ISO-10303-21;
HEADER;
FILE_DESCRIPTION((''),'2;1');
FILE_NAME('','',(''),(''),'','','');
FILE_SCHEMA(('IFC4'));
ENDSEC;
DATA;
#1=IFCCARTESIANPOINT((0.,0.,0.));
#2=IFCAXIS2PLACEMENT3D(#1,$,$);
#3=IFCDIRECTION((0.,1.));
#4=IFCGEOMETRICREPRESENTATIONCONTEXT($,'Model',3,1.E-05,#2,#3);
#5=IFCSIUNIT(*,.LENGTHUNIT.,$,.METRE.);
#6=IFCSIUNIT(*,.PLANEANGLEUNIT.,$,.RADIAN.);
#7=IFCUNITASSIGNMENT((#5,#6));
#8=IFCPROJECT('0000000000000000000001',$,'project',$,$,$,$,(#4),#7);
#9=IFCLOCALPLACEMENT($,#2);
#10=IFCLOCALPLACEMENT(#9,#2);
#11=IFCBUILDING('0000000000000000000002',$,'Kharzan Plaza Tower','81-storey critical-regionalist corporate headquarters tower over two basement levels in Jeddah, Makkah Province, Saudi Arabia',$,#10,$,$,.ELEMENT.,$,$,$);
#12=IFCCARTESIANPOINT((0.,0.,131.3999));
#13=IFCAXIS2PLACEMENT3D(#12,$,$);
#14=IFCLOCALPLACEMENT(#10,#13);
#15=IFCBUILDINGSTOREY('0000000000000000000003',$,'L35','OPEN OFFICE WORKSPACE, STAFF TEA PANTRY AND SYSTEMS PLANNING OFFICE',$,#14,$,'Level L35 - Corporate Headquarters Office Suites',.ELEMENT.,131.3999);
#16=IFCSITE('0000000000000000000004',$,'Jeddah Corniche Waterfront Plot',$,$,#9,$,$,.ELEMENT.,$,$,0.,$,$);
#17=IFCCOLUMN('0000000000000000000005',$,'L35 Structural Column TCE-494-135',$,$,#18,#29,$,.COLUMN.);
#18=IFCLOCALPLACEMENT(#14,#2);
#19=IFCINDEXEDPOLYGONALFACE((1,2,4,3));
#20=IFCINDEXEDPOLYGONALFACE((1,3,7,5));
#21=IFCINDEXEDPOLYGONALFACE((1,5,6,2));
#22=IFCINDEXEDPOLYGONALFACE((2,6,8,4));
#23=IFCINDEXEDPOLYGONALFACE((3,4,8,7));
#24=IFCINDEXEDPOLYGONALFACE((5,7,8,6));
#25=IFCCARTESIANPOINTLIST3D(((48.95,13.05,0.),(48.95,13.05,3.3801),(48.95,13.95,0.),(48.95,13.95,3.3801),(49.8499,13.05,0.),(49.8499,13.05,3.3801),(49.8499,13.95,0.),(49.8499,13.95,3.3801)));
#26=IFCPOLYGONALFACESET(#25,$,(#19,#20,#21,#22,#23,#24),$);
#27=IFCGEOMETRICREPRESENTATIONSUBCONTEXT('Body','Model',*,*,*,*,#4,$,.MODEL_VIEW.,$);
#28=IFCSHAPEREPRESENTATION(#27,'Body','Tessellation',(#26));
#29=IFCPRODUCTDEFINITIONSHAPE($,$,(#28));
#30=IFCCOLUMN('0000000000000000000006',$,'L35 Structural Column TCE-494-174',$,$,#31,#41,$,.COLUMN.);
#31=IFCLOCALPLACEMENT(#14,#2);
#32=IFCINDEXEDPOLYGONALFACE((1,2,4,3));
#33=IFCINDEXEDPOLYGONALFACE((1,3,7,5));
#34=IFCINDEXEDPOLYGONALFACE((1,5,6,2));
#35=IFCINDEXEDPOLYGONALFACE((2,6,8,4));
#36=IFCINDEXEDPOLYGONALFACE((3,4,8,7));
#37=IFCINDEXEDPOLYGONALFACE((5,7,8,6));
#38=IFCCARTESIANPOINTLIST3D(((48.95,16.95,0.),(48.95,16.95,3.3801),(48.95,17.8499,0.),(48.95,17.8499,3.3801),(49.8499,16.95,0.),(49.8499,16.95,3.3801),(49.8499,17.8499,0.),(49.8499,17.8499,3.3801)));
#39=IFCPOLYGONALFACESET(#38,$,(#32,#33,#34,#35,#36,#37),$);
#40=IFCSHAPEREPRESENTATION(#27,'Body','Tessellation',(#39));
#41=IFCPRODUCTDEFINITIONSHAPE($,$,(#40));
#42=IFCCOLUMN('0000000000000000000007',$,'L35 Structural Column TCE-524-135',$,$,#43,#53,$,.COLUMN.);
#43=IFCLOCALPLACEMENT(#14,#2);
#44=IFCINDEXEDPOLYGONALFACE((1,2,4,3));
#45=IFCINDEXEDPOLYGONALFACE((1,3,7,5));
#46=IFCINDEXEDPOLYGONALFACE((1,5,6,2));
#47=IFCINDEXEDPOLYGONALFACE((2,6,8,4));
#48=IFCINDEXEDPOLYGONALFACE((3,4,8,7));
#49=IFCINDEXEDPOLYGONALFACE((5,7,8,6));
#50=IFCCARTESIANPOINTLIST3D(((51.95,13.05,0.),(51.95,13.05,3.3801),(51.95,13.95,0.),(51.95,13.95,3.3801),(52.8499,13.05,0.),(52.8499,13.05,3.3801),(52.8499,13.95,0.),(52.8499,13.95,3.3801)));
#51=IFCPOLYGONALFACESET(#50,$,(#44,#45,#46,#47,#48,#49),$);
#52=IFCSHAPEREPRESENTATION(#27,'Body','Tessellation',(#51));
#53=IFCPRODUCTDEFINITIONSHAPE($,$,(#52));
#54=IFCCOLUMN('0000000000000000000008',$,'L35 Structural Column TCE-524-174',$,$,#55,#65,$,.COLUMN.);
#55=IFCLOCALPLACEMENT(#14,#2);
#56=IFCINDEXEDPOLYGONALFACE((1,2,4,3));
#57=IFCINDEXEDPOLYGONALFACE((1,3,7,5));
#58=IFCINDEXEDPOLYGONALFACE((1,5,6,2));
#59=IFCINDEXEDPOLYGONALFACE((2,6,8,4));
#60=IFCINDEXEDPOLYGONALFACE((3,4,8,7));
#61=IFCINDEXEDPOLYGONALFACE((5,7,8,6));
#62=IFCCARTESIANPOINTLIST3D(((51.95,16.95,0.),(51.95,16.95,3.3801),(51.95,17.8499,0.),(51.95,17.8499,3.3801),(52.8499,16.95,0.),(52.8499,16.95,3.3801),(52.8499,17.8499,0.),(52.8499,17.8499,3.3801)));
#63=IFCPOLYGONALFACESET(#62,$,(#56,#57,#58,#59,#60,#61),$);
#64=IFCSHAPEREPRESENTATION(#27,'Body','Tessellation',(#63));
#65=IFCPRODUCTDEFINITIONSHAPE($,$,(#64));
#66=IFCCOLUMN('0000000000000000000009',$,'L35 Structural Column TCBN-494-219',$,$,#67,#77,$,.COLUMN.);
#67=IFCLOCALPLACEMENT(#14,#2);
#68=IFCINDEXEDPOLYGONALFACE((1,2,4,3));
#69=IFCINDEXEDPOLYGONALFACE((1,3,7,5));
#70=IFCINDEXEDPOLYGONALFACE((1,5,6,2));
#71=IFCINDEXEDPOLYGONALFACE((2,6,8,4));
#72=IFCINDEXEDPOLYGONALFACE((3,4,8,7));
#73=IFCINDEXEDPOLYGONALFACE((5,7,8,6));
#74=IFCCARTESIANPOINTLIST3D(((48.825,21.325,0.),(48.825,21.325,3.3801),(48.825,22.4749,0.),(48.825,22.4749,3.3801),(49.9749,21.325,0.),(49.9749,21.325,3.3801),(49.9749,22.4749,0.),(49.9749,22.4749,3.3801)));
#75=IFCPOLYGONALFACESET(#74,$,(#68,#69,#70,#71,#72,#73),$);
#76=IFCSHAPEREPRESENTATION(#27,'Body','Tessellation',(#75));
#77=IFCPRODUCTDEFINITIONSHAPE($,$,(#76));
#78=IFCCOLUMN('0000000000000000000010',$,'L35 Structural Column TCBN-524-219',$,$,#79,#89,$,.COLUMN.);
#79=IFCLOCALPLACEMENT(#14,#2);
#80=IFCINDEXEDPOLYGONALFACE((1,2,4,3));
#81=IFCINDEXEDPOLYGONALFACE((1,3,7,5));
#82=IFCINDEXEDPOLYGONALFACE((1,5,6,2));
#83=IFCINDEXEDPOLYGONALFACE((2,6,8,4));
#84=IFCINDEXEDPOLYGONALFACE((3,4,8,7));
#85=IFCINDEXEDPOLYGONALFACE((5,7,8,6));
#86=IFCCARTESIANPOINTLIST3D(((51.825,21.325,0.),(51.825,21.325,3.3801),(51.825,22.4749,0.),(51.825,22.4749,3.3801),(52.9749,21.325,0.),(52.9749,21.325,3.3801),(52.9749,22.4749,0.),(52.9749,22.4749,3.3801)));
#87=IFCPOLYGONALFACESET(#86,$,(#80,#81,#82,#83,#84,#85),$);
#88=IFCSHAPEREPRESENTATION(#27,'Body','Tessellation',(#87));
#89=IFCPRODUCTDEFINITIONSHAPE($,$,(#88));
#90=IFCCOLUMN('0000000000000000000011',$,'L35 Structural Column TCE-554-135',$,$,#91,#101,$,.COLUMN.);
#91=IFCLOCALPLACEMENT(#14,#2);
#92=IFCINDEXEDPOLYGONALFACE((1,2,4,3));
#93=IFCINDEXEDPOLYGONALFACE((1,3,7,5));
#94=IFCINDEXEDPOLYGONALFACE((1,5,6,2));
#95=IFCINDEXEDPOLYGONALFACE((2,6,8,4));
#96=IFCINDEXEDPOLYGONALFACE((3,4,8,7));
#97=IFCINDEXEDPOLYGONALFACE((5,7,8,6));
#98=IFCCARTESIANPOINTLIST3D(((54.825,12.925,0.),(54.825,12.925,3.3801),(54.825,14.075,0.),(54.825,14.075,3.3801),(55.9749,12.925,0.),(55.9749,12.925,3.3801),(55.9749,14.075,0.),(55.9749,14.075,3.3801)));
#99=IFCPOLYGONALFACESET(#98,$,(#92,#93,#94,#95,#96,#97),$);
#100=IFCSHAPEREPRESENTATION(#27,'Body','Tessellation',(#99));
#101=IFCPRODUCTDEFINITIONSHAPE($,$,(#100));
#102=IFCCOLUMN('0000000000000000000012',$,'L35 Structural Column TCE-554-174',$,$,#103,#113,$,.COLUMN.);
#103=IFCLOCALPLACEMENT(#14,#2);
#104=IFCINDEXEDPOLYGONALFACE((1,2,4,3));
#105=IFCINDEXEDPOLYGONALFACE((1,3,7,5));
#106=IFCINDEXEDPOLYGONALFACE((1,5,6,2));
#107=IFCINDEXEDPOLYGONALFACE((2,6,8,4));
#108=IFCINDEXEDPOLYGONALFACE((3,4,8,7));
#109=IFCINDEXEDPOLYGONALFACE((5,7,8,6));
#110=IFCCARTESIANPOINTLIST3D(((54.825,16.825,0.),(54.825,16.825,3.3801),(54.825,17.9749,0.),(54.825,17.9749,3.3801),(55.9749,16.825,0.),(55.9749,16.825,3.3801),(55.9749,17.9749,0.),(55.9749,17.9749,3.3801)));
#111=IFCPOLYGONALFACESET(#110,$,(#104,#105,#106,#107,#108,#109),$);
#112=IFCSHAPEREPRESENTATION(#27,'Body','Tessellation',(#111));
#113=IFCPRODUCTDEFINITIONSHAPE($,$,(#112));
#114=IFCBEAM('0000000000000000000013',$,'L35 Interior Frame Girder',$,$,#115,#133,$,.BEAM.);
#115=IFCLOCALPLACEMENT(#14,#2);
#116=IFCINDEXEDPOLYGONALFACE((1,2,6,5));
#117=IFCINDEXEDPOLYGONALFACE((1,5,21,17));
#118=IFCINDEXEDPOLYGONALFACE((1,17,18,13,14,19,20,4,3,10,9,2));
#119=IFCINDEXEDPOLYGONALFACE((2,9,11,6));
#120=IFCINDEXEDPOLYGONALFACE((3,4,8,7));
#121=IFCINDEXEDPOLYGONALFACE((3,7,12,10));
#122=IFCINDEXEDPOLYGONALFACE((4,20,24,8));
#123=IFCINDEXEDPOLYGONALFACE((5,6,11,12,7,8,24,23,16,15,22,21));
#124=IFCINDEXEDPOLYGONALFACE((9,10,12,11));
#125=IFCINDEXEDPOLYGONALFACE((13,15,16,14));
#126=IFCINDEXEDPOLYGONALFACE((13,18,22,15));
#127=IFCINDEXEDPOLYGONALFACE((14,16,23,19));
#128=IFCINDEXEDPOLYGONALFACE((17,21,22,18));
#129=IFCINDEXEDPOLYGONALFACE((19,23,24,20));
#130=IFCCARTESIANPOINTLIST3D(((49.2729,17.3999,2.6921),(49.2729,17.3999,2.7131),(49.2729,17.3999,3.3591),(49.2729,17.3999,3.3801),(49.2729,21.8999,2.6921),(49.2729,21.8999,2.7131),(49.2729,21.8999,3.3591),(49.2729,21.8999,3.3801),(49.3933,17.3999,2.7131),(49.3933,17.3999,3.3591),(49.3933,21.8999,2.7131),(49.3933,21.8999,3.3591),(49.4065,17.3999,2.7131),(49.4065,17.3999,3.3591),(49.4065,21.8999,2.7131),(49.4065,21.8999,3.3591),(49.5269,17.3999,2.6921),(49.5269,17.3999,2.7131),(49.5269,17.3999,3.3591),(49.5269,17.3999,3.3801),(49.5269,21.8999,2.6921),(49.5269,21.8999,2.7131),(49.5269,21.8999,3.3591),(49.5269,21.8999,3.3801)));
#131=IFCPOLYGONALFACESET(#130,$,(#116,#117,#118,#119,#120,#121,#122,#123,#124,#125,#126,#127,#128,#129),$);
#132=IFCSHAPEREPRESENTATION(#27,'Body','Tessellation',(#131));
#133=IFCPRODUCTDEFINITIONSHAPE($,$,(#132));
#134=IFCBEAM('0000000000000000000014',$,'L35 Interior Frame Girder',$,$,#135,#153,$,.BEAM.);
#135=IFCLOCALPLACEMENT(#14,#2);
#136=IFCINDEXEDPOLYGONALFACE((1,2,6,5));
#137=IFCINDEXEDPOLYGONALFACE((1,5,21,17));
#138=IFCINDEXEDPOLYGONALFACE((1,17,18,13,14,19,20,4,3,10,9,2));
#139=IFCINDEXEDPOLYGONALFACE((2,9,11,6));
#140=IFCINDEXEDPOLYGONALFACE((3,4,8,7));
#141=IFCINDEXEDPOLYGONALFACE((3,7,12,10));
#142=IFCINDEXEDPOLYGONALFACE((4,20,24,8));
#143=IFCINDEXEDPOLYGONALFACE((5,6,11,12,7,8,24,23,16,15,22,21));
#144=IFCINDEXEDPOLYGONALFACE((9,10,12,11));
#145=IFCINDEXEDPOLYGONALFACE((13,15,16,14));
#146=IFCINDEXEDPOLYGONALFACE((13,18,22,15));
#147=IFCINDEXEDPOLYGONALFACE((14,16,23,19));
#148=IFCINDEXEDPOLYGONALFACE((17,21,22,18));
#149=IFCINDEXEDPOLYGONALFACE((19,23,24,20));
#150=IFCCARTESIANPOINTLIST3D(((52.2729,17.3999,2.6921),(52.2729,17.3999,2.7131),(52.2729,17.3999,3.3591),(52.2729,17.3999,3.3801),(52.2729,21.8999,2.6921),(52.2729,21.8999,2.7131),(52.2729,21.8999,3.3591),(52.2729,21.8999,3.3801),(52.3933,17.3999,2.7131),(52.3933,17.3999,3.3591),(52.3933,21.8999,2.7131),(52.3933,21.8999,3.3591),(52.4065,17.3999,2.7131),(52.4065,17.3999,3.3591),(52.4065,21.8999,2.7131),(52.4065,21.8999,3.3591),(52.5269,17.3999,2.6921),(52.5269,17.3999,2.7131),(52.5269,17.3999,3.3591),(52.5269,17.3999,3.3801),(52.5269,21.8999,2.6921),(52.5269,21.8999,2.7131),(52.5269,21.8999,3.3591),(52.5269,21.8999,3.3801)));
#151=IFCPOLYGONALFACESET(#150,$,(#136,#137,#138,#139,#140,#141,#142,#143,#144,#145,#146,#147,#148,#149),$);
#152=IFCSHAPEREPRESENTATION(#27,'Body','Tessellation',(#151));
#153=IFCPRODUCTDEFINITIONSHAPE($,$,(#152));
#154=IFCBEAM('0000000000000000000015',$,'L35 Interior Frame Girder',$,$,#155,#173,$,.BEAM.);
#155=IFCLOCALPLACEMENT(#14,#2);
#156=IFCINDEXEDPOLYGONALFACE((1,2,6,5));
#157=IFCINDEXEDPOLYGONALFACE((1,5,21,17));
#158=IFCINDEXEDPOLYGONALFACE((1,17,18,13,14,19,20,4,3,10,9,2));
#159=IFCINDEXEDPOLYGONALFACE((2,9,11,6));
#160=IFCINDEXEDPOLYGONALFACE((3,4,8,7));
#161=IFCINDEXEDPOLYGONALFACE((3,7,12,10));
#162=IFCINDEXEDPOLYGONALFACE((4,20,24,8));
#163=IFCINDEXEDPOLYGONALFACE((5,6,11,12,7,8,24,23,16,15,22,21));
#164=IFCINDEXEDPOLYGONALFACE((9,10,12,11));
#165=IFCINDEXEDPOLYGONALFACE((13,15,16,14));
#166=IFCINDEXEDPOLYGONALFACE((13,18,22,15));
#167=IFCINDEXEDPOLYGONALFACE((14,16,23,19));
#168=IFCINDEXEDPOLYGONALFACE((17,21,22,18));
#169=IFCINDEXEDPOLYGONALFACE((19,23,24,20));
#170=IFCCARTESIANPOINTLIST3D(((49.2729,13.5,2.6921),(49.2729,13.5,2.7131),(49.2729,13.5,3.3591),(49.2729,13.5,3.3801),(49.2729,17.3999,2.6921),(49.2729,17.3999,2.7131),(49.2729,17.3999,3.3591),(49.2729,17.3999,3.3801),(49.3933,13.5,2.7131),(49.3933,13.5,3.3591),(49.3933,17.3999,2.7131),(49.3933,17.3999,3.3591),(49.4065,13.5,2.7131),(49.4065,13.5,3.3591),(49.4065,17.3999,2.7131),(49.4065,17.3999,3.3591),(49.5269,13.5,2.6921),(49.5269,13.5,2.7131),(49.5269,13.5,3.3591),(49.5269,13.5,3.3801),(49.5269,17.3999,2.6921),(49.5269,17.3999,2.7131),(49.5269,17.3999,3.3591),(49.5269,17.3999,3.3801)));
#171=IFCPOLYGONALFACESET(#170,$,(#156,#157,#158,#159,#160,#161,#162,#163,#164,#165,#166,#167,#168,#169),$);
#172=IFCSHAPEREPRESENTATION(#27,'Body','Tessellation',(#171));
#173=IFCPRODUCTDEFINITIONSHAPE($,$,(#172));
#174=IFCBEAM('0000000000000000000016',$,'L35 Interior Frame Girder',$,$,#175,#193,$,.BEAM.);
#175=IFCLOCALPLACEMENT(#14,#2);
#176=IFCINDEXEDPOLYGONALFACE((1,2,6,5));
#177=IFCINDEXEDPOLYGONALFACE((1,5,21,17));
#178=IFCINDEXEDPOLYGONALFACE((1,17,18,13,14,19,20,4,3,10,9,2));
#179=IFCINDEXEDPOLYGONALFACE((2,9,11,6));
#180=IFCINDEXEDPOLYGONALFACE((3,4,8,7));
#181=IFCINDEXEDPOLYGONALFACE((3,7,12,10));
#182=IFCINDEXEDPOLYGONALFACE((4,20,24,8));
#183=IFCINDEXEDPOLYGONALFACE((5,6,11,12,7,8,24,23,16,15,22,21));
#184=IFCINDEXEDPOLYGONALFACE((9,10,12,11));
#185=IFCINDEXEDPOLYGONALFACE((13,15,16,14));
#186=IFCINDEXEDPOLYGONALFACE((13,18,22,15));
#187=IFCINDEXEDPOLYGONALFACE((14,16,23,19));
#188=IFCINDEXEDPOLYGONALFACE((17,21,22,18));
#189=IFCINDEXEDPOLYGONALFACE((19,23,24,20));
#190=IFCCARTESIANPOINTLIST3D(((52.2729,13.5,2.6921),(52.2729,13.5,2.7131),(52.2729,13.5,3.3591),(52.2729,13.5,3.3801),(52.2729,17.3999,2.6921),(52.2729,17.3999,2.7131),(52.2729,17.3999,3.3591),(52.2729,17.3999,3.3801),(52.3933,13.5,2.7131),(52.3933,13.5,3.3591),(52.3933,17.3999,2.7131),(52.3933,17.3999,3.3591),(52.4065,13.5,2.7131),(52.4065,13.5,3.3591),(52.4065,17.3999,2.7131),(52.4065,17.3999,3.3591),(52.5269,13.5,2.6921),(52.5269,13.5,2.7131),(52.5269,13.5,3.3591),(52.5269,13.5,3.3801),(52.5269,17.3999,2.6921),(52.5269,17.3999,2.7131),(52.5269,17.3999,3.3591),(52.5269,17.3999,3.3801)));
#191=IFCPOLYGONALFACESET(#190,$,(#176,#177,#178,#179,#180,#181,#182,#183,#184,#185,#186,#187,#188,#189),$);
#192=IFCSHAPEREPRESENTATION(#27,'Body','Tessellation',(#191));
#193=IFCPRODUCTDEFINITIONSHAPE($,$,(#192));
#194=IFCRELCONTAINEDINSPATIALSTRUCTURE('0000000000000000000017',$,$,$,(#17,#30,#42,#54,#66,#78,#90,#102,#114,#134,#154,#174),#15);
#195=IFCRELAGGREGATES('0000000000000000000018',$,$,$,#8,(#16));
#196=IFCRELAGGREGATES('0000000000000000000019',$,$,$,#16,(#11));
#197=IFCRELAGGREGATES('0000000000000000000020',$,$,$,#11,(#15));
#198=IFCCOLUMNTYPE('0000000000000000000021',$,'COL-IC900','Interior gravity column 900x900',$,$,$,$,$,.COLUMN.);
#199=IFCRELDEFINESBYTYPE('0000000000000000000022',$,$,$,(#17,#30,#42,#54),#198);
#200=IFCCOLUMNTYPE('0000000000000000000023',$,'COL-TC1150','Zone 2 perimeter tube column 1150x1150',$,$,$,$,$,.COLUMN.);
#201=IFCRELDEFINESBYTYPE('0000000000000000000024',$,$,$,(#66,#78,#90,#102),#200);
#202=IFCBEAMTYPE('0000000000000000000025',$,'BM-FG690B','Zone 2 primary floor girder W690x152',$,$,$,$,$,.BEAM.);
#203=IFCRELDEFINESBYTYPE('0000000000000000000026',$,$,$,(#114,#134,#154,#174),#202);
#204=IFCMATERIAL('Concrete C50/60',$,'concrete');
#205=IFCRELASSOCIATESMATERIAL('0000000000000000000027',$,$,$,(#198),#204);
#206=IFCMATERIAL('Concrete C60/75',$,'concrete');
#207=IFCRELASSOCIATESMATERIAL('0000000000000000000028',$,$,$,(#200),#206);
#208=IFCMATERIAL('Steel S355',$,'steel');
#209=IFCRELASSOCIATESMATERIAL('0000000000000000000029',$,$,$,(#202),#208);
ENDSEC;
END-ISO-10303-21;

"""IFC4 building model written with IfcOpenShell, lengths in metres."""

from ifc_helpers import new_model, si_unit, direction, frame, origin, origin_2d, place, context, subcontext, project, spatial, rectangle, i_section, extrude, source, transform, mapped, material, material_profile, profile_set, type_object, element, save


model = new_model("IFC4")

# Units and contexts
model_context = context("Model", 3, precision=1e-05, world=origin(), true_north=direction((0.0, 1.0)))
body_context = subcontext(model_context, "Body", "Model", "MODEL_VIEW")
ifc_project = project(units=[si_unit("LENGTHUNIT", "METRE"), si_unit("PLANEANGLEUNIT", "RADIAN")], contexts=[model_context])

# Site, building, storey
site_placement = place(None, origin())
site = spatial("IfcSite", under=ifc_project, at=site_placement, Name="Jeddah Corniche Waterfront Plot", CompositionType="ELEMENT", RefElevation=0.0)
building_placement = place(site_placement, origin())
building = spatial("IfcBuilding", under=site, at=building_placement, Name="Kharzan Plaza Tower", Description="81-storey critical-regionalist corporate headquarters tower over two basement levels in Jeddah, Makkah Province, Saudi Arabia", CompositionType="ELEMENT")
storey_placement = place(building_placement, frame((0.0, 0.0, 131.3999)))
storey = spatial("IfcBuildingStorey", under=building, at=storey_placement, Name="L35", Description="OPEN OFFICE WORKSPACE, STAFF TEA PANTRY AND SYSTEMS PLANNING OFFICE", LongName="Level L35 - Corporate Headquarters Office Suites", CompositionType="ELEMENT", Elevation=131.3999)

# Columns
ifc_material_1 = material(Name="Concrete C50/60", Category="concrete")
ifc_material_profile_1 = material_profile(ifc_material_1, rectangle(XDim=0.8999, YDim=0.8999, at=origin_2d()), Name="RC-IC900x900")
ifc_profile_set_1 = profile_set([ifc_material_profile_1], Name="Concrete C50/60")
column_type_1 = type_object("IfcColumnType", Name="COL-IC900", Description="Interior gravity column 900x900", PredefinedType="COLUMN", material=ifc_profile_set_1)
shared_shape_1 = source(origin(), body_context, "Body", "SweptSolid", [
    extrude(rectangle(XDim=0.8999, YDim=0.8999, at=origin_2d()), origin(), (0.0, 0.0, 1.0), 3.3801),
])
for number, where, z_axis, x_axis, name in (
    (1, (49.3999, 13.5, 0.0), (0.0, 0.0, 1.0), (1.0, 0.0, 0.0), "L35 Structural Column TCE-494-135"),
    (2, (49.3999, 17.3999, 0.0), (0.0, 0.0, 1.0), (1.0, 0.0, 0.0), "L35 Structural Column TCE-494-174"),
    (3, (52.3999, 13.5, 0.0), (0.0, 0.0, 1.0), (1.0, 0.0, 0.0), "L35 Structural Column TCE-524-135"),
    (4, (52.3999, 17.3999, 0.0), (0.0, 0.0, 1.0), (1.0, 0.0, 0.0), "L35 Structural Column TCE-524-174"),
):
    element("IfcColumn", number, at=place(storey_placement, frame(where, z_axis=z_axis, x_axis=x_axis)), inside=storey, type_object=column_type_1, Name=name, PredefinedType="COLUMN", context=body_context, shape_type="MappedRepresentation", body=[
        mapped(shared_shape_1, transform((0.0, 0.0, 0.0), x_axis=(1.0, 0.0, 0.0), y_axis=(0.0, 1.0, 0.0), z_axis=(0.0, 0.0, 1.0))),
    ])
ifc_material_2 = material(Name="Concrete C60/75", Category="concrete")
ifc_material_profile_2 = material_profile(ifc_material_2, rectangle(XDim=1.1499, YDim=1.1499, at=origin_2d()), Name="RC-TC1150x1150")
ifc_profile_set_2 = profile_set([ifc_material_profile_2], Name="Concrete C60/75")
column_type_2 = type_object("IfcColumnType", Name="COL-TC1150", Description="Zone 2 perimeter tube column 1150x1150", PredefinedType="COLUMN", material=ifc_profile_set_2)
shared_shape_2 = source(origin(), body_context, "Body", "SweptSolid", [
    extrude(rectangle(XDim=1.1499, YDim=1.1499, at=origin_2d()), origin(), (0.0, 0.0, 1.0), 3.3801),
])
for number, where, z_axis, x_axis, name in (
    (5, (49.3999, 21.8999, 0.0), (0.0, 0.0, 1.0), (1.0, 0.0, 0.0), "L35 Structural Column TCBN-494-219"),
    (6, (52.3999, 21.8999, 0.0), (0.0, 0.0, 1.0), (1.0, 0.0, 0.0), "L35 Structural Column TCBN-524-219"),
    (7, (55.3999, 13.5, 0.0), (0.0, 0.0, 1.0), (1.0, 0.0, 0.0), "L35 Structural Column TCE-554-135"),
    (8, (55.3999, 17.3999, 0.0), (0.0, 0.0, 1.0), (1.0, 0.0, 0.0), "L35 Structural Column TCE-554-174"),
):
    element("IfcColumn", number, at=place(storey_placement, frame(where, z_axis=z_axis, x_axis=x_axis)), inside=storey, type_object=column_type_2, Name=name, PredefinedType="COLUMN", context=body_context, shape_type="MappedRepresentation", body=[
        mapped(shared_shape_2, transform((0.0, 0.0, 0.0), x_axis=(1.0, 0.0, 0.0), y_axis=(0.0, 1.0, 0.0), z_axis=(0.0, 0.0, 1.0))),
    ])

# Beams
ifc_material_3 = material(Name="Steel S355", Category="steel")
ifc_material_profile_3 = material_profile(ifc_material_3, i_section(OverallWidth=0.2539, OverallDepth=0.688, WebThickness=0.0132, FlangeThickness=0.021, at=origin_2d()), Name="W690x152")
ifc_profile_set_3 = profile_set([ifc_material_profile_3], Name="Steel S355")
beam_type_1 = type_object("IfcBeamType", Name="BM-FG690B", Description="Zone 2 primary floor girder W690x152", PredefinedType="BEAM", material=ifc_profile_set_3)
shared_shape_3 = source(origin(), body_context, "Body", "SweptSolid", [
    extrude(i_section(OverallWidth=0.2539, OverallDepth=0.688, WebThickness=0.0132, FlangeThickness=0.021, at=origin_2d()), origin(), (0.0, 0.0, 1.0), 4.5),
])
for number, where, z_axis, x_axis, name in (
    (9, (49.3999, 17.3999, 3.0361), (0.0, 1.0, 0.0), (-1.0, 0.0, 0.0), "L35 Interior Frame Girder"),
    (10, (52.3999, 17.3999, 3.0361), (0.0, 1.0, 0.0), (-1.0, 0.0, 0.0), "L35 Interior Frame Girder"),
):
    element("IfcBeam", number, at=place(storey_placement, frame(where, z_axis=z_axis, x_axis=x_axis)), inside=storey, type_object=beam_type_1, Name=name, PredefinedType="BEAM", context=body_context, shape_type="MappedRepresentation", body=[
        mapped(shared_shape_3, transform((0.0, 0.0, 0.0), x_axis=(1.0, 0.0, 0.0), y_axis=(0.0, 1.0, 0.0), z_axis=(0.0, 0.0, 1.0))),
    ])
shared_shape_4 = source(origin(), body_context, "Body", "SweptSolid", [
    extrude(i_section(OverallWidth=0.2539, OverallDepth=0.688, WebThickness=0.0132, FlangeThickness=0.021, at=origin_2d()), origin(), (0.0, 0.0, 1.0), 3.8999),
])
for number, where, z_axis, x_axis, name in (
    (11, (49.3999, 13.5, 3.0361), (0.0, 1.0, 0.0), (-1.0, 0.0, 0.0), "L35 Interior Frame Girder"),
    (12, (52.3999, 13.5, 3.0361), (0.0, 1.0, 0.0), (-1.0, 0.0, 0.0), "L35 Interior Frame Girder"),
):
    element("IfcBeam", number, at=place(storey_placement, frame(where, z_axis=z_axis, x_axis=x_axis)), inside=storey, type_object=beam_type_1, Name=name, PredefinedType="BEAM", context=body_context, shape_type="MappedRepresentation", body=[
        mapped(shared_shape_4, transform((0.0, 0.0, 0.0), x_axis=(1.0, 0.0, 0.0), y_axis=(0.0, 1.0, 0.0), z_axis=(0.0, 0.0, 1.0))),
    ])

save(model, "model.ifc")
